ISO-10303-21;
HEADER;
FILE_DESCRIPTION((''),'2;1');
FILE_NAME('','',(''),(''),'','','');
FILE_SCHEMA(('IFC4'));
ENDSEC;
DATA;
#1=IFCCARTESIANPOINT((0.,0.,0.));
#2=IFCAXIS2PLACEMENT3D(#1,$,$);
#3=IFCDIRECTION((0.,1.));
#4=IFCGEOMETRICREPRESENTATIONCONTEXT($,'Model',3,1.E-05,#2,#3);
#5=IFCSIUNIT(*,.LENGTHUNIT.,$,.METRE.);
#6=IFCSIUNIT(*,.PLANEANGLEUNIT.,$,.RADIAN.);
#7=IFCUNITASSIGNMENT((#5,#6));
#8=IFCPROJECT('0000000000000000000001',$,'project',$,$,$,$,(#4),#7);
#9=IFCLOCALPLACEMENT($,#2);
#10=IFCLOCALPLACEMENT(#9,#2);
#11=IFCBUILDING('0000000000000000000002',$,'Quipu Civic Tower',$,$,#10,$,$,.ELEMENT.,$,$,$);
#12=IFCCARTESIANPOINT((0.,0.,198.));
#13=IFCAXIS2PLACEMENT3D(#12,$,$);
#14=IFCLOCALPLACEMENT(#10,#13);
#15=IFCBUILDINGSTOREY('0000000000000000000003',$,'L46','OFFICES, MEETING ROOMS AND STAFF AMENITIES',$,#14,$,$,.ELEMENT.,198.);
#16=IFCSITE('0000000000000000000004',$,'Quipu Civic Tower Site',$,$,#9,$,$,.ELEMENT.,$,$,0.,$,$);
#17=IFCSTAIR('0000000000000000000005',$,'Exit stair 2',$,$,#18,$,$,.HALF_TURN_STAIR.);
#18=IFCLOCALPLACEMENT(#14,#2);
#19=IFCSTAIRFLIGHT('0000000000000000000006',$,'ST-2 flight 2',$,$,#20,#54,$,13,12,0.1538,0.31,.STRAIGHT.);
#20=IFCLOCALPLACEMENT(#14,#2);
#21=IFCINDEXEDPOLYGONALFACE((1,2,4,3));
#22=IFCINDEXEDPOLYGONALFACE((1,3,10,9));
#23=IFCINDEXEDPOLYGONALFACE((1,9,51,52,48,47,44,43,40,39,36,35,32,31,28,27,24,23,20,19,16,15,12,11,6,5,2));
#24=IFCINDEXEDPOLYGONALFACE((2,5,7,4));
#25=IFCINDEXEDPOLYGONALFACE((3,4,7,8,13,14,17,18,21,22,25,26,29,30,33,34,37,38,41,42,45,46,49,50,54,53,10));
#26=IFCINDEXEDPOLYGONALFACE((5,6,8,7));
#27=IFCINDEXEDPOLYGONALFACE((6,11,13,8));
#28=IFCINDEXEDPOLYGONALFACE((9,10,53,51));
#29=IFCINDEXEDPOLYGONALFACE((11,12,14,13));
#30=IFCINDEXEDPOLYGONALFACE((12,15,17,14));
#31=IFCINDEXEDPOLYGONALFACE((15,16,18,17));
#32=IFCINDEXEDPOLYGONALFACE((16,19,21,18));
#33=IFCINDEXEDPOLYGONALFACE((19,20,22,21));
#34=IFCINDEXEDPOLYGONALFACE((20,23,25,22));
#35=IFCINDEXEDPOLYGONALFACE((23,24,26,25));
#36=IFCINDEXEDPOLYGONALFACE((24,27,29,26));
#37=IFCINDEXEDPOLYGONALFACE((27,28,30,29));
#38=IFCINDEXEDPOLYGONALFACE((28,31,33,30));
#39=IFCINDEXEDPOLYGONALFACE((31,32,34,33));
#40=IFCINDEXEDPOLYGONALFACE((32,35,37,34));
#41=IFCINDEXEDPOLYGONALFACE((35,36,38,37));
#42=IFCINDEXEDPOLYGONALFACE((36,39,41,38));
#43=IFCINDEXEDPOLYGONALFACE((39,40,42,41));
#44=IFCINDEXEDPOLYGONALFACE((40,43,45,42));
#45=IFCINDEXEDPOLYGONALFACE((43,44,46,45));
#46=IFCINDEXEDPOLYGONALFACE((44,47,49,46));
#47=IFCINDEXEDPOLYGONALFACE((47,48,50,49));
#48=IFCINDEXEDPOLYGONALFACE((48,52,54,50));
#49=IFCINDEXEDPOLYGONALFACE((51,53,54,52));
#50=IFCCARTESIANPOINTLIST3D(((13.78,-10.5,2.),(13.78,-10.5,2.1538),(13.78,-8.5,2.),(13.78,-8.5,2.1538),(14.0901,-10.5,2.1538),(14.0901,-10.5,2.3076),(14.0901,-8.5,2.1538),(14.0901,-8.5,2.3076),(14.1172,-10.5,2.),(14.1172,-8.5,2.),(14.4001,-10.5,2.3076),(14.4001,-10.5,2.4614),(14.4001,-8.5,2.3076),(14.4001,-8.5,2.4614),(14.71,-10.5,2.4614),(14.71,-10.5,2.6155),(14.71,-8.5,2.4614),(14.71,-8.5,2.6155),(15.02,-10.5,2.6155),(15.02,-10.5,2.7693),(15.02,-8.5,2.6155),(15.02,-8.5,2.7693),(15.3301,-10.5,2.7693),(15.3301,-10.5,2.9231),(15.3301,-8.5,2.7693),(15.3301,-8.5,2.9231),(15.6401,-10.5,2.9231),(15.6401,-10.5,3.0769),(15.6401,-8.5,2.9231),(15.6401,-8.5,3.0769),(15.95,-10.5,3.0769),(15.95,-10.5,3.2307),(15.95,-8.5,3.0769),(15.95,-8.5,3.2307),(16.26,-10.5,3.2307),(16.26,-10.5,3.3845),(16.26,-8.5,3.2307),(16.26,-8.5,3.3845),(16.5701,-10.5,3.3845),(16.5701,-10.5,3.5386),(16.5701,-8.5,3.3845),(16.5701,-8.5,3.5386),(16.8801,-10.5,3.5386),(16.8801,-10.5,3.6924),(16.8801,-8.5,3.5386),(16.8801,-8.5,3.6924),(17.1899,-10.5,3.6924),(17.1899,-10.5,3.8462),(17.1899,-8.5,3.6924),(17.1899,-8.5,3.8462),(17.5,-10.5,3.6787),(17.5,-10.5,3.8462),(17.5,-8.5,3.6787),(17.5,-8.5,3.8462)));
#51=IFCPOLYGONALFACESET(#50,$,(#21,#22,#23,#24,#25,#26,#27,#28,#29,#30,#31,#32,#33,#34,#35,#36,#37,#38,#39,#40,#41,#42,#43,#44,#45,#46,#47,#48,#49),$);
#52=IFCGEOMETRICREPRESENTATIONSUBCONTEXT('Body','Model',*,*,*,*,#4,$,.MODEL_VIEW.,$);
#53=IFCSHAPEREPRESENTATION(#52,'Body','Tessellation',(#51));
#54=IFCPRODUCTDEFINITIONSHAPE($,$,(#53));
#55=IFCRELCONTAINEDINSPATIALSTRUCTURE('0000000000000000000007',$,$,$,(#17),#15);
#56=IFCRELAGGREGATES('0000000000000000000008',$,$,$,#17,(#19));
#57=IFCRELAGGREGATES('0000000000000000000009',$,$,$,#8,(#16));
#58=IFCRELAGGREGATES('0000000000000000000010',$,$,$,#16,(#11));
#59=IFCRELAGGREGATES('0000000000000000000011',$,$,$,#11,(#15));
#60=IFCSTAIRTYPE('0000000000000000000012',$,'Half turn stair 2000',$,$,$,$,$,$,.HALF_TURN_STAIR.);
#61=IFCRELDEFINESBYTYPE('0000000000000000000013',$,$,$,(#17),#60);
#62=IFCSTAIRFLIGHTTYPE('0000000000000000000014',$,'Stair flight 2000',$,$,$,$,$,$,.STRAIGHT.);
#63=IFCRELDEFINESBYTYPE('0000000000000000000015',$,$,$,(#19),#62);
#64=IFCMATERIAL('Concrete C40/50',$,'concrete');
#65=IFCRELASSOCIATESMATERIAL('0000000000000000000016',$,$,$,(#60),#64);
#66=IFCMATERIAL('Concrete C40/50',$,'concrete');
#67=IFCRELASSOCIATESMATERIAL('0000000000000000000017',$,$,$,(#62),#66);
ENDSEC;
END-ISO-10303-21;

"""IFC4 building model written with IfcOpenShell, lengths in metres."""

from ifc_helpers import new_model, si_unit, direction, frame, origin, place, context, subcontext, project, spatial, polyline, outline, extrude, material, type_object, element, aggregate, save


model = new_model("IFC4")

# Units and contexts
model_context = context("Model", 3, precision=1e-05, world=origin(), true_north=direction((0.0, 1.0)))
body_context = subcontext(model_context, "Body", "Model", "MODEL_VIEW")
ifc_project = project(units=[si_unit("LENGTHUNIT", "METRE"), si_unit("PLANEANGLEUNIT", "RADIAN")], contexts=[model_context])

# Site, building, storey
site_placement = place(None, origin())
site = spatial("IfcSite", under=ifc_project, at=site_placement, Name="Quipu Civic Tower Site", CompositionType="ELEMENT", RefElevation=0.0)
building_placement = place(site_placement, origin())
building = spatial("IfcBuilding", under=site, at=building_placement, Name="Quipu Civic Tower", CompositionType="ELEMENT")
storey_placement = place(building_placement, frame((0.0, 0.0, 198.0)))
storey = spatial("IfcBuildingStorey", under=building, at=storey_placement, Name="L46", Description="OFFICES, MEETING ROOMS AND STAFF AMENITIES", CompositionType="ELEMENT", Elevation=198.0)

# Stair, stair flight
ifc_material_1 = material(Name="Concrete C40/50", Category="concrete")
stair_type = type_object("IfcStairType", Name="Half turn stair 2000", PredefinedType="HALF_TURN_STAIR", material=ifc_material_1)
stair_placement = place(storey_placement, origin())
stair = element("IfcStair", 1, at=stair_placement, inside=storey, type_object=stair_type, Name="Exit stair 2", PredefinedType="HALF_TURN_STAIR")
ifc_material_2 = material(Name="Concrete C40/50", Category="concrete")
stair_flight_type = type_object("IfcStairFlightType", Name="Stair flight 2000", PredefinedType="STRAIGHT", material=ifc_material_2)
stair_flight_1_placement = place(storey_placement, frame((13.78, -9.5, 2.0), z_axis=(0.0, 0.0, 1.0), x_axis=(1.0, 0.0, 0.0)))
stair_flight_1 = element("IfcStairFlight", 2, at=stair_flight_1_placement, type_object=stair_flight_type, Name="ST-2 flight 2", NumberOfRisers=13, NumberOfTreads=12, PredefinedType="STRAIGHT", RiserHeight=0.1538, TreadLength=0.31, context=body_context, shape_type="SweptSolid", body=[
    extrude(outline(polyline([(0.0, 0.0), (0.0, 0.1538), (0.3101, 0.1538), (0.3101, 0.3076), (0.6201, 0.3076), (0.6201, 0.4614), (0.9299, 0.4614), (0.9299, 0.6155), (1.24, 0.6155), (1.24, 0.7693), (1.55, 0.7693), (1.55, 0.9231), (1.8601, 0.9231), (1.8601, 1.0769), (2.1699, 1.0769), (2.1699, 1.2307), (2.48, 1.2307), (2.48, 1.3845), (2.79, 1.3845), (2.79, 1.5386), (3.1001, 1.5386), (3.1001, 1.6924), (3.4099, 1.6924), (3.4099, 1.8462), (3.72, 1.8462), (3.72, 2.0), (3.72, 1.6787), (0.3372, 0.0), (0.0, 0.0)])), frame((0.0, 1.0, 0.0), z_axis=(0.0, -1.0, 0.0), x_axis=(1.0, 0.0, 0.0)), (0.0, 0.0, 1.0), 2.0),
])
aggregate(stair, [stair_flight_1])

save(model, "model.ifc")
